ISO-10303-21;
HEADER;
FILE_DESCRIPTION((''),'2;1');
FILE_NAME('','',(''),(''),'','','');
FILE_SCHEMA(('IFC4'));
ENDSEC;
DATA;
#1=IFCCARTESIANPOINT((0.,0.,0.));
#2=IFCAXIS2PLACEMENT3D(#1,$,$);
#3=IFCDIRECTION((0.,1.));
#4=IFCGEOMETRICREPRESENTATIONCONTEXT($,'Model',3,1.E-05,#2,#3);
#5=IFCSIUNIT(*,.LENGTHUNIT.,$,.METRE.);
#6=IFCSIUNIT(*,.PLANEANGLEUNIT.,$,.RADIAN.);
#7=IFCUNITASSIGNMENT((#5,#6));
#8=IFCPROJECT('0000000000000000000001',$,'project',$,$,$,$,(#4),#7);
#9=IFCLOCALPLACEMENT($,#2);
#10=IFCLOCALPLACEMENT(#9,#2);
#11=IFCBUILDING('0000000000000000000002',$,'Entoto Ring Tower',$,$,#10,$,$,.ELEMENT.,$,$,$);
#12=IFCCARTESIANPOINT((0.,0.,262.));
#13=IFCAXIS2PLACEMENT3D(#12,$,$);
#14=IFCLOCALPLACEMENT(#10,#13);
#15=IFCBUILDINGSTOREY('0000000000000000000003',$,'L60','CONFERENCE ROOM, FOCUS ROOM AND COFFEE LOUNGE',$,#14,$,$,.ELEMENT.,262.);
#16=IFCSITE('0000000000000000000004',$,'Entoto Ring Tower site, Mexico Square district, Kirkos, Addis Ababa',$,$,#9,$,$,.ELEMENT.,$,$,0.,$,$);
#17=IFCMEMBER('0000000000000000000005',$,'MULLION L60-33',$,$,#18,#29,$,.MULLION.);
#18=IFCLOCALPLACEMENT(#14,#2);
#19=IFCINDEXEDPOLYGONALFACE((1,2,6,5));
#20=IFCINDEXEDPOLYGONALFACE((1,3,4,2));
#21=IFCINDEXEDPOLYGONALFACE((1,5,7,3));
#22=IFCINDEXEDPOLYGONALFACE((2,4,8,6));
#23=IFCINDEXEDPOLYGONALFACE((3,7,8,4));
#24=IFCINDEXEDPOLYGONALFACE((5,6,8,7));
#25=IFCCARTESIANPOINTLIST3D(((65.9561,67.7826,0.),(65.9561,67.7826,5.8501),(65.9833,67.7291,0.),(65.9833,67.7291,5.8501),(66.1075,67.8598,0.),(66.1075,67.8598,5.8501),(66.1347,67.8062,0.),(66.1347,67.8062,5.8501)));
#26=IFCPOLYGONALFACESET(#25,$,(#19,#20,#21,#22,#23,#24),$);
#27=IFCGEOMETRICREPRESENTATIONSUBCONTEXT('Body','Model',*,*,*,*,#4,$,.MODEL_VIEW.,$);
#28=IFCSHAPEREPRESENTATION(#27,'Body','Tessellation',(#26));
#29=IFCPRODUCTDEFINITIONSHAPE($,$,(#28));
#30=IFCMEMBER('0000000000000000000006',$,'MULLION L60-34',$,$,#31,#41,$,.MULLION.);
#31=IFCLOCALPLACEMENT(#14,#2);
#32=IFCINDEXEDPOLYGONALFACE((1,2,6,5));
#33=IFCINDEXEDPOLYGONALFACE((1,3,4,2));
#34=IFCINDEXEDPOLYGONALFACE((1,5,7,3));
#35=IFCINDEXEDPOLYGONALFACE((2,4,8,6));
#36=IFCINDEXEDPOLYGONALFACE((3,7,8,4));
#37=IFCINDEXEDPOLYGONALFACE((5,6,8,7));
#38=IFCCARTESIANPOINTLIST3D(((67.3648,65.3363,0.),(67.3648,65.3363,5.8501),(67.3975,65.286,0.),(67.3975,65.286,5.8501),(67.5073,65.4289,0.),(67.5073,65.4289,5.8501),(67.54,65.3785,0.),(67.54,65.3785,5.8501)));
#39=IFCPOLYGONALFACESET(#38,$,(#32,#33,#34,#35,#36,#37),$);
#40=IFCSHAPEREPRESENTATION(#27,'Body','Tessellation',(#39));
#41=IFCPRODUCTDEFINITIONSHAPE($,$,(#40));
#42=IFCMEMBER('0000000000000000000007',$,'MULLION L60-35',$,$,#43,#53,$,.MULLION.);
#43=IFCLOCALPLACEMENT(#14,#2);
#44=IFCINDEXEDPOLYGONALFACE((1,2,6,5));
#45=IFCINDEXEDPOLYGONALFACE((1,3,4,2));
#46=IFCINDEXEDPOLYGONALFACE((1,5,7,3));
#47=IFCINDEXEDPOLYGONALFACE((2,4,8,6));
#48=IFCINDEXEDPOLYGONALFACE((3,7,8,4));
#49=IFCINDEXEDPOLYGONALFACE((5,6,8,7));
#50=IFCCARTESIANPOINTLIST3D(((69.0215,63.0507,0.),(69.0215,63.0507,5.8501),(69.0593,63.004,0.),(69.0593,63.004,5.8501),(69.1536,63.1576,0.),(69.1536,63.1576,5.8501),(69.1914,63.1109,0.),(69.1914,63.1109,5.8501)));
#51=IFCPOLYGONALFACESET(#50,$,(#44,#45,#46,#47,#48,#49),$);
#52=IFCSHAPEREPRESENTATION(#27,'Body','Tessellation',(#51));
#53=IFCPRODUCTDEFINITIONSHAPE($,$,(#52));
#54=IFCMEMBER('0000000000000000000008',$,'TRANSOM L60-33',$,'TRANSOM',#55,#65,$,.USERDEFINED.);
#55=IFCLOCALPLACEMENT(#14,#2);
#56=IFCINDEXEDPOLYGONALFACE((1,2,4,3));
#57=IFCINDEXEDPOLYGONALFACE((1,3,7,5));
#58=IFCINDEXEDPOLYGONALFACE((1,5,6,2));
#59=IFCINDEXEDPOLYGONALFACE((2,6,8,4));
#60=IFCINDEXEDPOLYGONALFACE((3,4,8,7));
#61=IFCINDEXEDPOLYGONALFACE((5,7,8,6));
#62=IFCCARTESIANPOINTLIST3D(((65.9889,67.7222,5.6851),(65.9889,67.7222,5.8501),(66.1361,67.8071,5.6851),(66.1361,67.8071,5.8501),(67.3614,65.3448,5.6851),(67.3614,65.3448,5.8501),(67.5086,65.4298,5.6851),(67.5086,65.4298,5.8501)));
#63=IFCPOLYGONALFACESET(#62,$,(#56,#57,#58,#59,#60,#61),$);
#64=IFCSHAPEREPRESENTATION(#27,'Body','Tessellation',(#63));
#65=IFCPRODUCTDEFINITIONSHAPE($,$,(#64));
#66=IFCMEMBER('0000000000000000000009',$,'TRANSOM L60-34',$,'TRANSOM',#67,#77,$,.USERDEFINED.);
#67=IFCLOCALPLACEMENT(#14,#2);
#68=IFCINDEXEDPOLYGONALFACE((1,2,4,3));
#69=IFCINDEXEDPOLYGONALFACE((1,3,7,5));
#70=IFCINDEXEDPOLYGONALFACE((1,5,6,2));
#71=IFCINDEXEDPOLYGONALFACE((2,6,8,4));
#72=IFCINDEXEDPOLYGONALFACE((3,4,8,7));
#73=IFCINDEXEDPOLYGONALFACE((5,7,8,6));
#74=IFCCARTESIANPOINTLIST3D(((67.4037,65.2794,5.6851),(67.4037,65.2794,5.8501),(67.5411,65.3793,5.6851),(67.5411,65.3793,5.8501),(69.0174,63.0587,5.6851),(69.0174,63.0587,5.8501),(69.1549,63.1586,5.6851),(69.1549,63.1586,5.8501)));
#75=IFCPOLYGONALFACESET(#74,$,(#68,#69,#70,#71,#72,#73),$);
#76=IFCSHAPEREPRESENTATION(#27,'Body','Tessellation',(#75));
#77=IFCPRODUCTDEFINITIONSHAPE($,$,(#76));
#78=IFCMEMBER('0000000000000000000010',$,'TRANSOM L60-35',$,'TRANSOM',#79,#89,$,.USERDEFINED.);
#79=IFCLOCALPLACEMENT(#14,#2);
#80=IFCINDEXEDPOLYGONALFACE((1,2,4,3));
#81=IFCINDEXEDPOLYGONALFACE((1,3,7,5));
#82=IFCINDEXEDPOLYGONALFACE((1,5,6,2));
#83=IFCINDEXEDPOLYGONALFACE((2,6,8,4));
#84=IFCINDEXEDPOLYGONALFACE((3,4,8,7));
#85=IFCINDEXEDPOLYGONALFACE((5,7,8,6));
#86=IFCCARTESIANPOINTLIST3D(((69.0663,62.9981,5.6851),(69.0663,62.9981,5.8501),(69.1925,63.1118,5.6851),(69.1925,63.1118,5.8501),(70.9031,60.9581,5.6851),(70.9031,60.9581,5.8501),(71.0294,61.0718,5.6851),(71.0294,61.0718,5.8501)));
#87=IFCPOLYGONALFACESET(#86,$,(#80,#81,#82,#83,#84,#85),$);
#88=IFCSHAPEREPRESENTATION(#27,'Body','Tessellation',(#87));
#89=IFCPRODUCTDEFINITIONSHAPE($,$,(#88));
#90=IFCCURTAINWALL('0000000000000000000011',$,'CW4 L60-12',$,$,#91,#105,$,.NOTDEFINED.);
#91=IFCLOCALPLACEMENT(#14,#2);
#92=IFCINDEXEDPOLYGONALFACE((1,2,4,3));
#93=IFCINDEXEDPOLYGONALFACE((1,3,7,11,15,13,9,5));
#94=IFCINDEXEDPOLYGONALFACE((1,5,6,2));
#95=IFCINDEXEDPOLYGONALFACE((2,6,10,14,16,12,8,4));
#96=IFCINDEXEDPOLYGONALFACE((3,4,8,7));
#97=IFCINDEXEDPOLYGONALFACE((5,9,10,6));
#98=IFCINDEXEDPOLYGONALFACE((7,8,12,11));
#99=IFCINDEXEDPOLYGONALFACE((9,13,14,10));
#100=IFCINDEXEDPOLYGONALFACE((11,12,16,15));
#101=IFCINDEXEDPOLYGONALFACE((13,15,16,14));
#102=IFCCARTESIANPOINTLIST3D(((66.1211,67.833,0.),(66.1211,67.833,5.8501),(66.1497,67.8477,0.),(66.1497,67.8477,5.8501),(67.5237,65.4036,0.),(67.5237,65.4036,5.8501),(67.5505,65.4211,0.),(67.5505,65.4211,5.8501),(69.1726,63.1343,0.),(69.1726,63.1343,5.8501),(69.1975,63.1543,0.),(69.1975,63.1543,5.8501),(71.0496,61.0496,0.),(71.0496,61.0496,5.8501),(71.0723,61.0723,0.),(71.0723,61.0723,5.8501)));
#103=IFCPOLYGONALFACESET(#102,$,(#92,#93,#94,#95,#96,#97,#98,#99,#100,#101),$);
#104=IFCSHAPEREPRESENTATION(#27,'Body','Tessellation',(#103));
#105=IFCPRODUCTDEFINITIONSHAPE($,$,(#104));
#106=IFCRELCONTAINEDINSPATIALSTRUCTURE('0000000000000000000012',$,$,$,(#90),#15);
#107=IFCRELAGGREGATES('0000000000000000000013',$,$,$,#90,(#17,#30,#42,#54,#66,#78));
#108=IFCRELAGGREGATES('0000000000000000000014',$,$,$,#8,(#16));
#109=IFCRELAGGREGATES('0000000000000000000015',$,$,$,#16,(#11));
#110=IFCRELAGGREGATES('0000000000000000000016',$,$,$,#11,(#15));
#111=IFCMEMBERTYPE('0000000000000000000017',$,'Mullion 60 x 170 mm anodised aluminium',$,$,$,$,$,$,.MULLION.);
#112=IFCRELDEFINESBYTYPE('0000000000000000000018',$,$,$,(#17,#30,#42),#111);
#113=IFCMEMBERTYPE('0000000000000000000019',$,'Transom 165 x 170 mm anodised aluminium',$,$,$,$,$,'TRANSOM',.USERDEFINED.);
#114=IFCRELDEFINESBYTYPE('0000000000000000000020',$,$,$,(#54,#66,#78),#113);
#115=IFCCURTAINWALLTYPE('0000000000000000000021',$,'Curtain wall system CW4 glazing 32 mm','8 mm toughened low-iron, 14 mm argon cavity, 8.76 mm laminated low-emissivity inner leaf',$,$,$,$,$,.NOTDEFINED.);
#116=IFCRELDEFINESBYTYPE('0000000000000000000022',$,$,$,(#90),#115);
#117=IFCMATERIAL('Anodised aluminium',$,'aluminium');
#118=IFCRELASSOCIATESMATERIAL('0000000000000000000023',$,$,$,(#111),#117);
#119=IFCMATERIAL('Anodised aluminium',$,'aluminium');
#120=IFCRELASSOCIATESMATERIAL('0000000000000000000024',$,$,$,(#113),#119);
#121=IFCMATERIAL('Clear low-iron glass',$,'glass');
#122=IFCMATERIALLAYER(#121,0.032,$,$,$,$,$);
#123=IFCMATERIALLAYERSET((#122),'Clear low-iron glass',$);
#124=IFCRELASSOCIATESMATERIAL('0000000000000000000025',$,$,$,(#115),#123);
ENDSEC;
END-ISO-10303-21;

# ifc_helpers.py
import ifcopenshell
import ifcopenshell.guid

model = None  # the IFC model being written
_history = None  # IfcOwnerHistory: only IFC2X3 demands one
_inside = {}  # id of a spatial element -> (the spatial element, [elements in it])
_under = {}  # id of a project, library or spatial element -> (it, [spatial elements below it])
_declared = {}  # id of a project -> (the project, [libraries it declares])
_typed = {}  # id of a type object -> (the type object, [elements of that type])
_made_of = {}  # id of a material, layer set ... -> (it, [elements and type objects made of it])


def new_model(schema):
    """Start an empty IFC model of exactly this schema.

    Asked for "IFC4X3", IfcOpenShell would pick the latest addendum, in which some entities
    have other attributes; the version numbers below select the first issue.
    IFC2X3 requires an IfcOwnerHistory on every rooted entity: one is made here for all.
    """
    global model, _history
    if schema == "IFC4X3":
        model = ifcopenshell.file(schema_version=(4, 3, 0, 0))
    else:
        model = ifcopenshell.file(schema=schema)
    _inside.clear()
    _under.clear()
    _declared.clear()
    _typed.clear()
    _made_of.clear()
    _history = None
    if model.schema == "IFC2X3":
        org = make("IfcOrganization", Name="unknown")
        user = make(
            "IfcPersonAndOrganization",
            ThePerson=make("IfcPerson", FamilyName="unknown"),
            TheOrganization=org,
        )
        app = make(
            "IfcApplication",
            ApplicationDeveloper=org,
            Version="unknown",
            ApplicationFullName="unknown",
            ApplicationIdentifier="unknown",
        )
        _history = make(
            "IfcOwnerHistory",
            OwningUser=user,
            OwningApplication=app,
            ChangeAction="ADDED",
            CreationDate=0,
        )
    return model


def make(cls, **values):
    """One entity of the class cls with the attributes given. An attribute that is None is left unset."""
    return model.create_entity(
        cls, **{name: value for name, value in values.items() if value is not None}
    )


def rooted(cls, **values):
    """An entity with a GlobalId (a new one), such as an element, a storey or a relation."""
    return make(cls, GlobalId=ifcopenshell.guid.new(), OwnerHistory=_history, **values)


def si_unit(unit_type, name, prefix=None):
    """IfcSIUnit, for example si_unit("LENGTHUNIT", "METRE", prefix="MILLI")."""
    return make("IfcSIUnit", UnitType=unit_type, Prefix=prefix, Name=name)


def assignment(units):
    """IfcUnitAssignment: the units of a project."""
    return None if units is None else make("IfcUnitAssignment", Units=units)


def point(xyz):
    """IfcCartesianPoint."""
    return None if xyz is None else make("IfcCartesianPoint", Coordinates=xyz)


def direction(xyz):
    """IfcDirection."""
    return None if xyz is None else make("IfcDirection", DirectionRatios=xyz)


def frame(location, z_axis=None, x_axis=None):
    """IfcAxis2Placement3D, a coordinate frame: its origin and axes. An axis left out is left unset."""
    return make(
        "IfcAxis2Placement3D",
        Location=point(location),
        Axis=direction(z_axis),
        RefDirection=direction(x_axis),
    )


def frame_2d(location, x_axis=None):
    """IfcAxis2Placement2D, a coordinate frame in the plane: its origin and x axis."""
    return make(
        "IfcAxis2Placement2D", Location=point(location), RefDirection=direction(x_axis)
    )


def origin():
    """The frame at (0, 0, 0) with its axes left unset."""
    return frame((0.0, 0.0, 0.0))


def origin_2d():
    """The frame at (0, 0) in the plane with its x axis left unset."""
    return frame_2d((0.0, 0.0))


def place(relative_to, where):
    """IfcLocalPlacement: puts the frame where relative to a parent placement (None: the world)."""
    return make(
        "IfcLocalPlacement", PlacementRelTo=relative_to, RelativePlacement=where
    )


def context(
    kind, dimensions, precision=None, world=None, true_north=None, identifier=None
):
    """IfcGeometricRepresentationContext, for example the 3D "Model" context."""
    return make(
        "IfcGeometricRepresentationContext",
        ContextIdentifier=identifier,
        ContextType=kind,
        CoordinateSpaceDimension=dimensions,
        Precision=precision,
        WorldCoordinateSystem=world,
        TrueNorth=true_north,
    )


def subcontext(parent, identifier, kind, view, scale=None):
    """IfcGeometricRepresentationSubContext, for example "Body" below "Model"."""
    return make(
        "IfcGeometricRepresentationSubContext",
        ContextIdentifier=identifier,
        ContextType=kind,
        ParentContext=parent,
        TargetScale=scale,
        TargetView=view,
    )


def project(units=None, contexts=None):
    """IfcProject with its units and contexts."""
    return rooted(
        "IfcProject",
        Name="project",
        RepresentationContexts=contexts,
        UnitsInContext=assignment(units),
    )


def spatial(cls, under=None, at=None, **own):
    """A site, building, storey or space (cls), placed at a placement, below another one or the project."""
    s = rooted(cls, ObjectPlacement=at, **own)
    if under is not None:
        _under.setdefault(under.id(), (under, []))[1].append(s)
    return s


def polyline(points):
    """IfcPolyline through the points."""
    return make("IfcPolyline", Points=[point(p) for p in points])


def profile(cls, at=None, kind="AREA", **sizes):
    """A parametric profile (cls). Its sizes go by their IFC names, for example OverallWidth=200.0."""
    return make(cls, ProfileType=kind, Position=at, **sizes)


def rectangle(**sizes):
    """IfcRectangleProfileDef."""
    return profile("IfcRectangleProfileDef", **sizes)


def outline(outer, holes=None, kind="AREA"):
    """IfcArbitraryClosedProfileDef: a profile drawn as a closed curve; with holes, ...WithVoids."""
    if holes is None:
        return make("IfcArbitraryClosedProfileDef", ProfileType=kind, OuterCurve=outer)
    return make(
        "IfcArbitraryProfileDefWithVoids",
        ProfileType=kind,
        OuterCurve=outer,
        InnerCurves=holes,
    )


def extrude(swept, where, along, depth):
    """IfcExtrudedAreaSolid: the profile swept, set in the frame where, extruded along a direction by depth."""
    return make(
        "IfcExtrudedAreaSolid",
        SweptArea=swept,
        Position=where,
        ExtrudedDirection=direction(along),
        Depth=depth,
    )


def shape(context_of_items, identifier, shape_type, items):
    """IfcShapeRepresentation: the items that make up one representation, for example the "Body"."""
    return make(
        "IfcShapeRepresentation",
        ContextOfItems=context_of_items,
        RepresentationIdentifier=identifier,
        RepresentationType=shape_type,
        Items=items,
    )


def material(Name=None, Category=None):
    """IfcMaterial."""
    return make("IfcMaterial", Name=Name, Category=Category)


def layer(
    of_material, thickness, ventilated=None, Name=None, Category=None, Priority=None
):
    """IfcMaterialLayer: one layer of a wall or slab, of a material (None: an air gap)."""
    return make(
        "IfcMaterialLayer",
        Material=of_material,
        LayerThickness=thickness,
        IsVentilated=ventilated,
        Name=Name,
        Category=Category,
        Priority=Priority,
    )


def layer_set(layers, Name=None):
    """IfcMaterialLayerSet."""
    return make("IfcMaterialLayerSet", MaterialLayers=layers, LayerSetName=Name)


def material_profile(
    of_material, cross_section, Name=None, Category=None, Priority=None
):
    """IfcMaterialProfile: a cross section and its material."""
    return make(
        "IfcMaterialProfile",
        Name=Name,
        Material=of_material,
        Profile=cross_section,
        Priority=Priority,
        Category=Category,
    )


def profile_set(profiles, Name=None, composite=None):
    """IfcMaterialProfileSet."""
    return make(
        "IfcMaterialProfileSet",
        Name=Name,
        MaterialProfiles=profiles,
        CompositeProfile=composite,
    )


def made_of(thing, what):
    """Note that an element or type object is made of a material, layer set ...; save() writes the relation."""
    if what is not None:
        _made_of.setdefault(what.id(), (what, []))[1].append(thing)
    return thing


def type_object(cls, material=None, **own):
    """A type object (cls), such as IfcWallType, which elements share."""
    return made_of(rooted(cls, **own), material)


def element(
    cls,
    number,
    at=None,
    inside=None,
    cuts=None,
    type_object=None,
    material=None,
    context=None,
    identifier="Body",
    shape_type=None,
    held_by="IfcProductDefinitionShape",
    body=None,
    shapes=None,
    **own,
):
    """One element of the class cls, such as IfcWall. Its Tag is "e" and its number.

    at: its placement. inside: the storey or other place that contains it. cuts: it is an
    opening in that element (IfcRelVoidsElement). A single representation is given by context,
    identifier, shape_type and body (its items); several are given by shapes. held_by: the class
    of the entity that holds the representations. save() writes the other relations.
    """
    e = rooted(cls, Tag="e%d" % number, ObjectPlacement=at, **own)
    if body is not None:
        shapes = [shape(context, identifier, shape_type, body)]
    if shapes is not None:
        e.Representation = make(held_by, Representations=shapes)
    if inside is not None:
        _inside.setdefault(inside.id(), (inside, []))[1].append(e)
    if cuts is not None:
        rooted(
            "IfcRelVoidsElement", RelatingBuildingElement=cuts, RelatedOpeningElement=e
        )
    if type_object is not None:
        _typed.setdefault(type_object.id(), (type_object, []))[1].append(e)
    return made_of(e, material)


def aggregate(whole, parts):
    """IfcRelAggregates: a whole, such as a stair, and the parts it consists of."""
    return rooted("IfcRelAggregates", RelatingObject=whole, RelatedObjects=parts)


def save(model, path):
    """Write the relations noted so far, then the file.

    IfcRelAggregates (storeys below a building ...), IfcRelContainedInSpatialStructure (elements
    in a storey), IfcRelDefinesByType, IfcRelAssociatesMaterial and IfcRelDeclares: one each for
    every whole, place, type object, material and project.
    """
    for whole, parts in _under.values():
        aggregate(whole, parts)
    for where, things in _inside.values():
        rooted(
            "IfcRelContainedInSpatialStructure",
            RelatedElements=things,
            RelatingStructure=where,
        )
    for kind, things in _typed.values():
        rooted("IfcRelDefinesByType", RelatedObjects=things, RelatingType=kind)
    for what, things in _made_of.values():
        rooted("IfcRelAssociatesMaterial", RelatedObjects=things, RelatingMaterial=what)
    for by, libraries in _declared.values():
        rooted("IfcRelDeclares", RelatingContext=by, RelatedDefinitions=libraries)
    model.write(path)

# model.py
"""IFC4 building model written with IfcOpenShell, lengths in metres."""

from ifc_helpers import new_model, si_unit, direction, frame, origin, origin_2d, place, context, subcontext, project, spatial, polyline, rectangle, outline, extrude, material, layer, layer_set, material_profile, profile_set, type_object, element, aggregate, save


model = new_model("IFC4")

# Units and contexts
model_context = context("Model", 3, precision=1e-05, world=origin(), true_north=direction((0.0, 1.0)))
body_context = subcontext(model_context, "Body", "Model", "MODEL_VIEW")
ifc_project = project(units=[si_unit("LENGTHUNIT", "METRE"), si_unit("PLANEANGLEUNIT", "RADIAN")], contexts=[model_context])

# Members
ifc_material_1 = material(Name="Anodised aluminium", Category="aluminium")
ifc_material_profile_1 = material_profile(ifc_material_1, rectangle(XDim=0.0601, YDim=0.1699, at=origin_2d()), Name="Mullion 60 x 170 mm anodised aluminium")
ifc_profile_set_1 = profile_set([ifc_material_profile_1], Name="Anodised aluminium")
member_type_1 = type_object("IfcMemberType", Name="Mullion 60 x 170 mm anodised aluminium", PredefinedType="MULLION", material=ifc_profile_set_1)
site_placement = place(None, origin())
building_placement = place(site_placement, origin())
storey_placement = place(building_placement, frame((0.0, 0.0, 262.0)))
member_1_placement = place(storey_placement, frame((66.0454, 67.7944, 0.0), z_axis=(0.0, 0.0, 1.0), x_axis=(0.45399, -0.891007, 0.0)))
member_1 = element("IfcMember", 1, at=member_1_placement, type_object=member_type_1, Name="MULLION L60-33", PredefinedType="MULLION", context=body_context, shape_type="SweptSolid", body=[
    extrude(rectangle(XDim=0.0601, YDim=0.1699, at=origin_2d()), origin(), (0.0, 0.0, 1.0), 5.8501),
])
member_2_placement = place(storey_placement, frame((67.4524, 65.3574, 0.0), z_axis=(0.0, 0.0, 1.0), x_axis=(0.544639, -0.838671, 0.0)))
member_2 = element("IfcMember", 2, at=member_2_placement, type_object=member_type_1, Name="MULLION L60-34", PredefinedType="MULLION", context=body_context, shape_type="SweptSolid", body=[
    extrude(rectangle(XDim=0.0601, YDim=0.1699, at=origin_2d()), origin(), (0.0, 0.0, 1.0), 5.8501),
])
member_3_placement = place(storey_placement, frame((69.1064, 63.0808, 0.0), z_axis=(0.0, 0.0, 1.0), x_axis=(0.62932, -0.777146, 0.0)))
member_3 = element("IfcMember", 3, at=member_3_placement, type_object=member_type_1, Name="MULLION L60-35", PredefinedType="MULLION", context=body_context, shape_type="SweptSolid", body=[
    extrude(rectangle(XDim=0.0601, YDim=0.1699, at=origin_2d()), origin(), (0.0, 0.0, 1.0), 5.8501),
])
ifc_material_2 = material(Name="Anodised aluminium", Category="aluminium")
ifc_material_profile_2 = material_profile(ifc_material_2, rectangle(XDim=0.1699, YDim=0.165, at=origin_2d()), Name="Transom 165 x 170 mm anodised aluminium")
ifc_profile_set_2 = profile_set([ifc_material_profile_2], Name="Anodised aluminium")
member_type_2 = type_object("IfcMemberType", Name="Transom 165 x 170 mm anodised aluminium", ElementType="TRANSOM", PredefinedType="USERDEFINED", material=ifc_profile_set_2)
member_4_placement = place(storey_placement, frame((66.0625, 67.7646, 5.7676), z_axis=(0.499984, -0.866035, 0.0), x_axis=(0.866035, 0.499984, 0.0)))
member_4 = element("IfcMember", 4, at=member_4_placement, type_object=member_type_2, Name="TRANSOM L60-33", ObjectType="TRANSOM", PredefinedType="USERDEFINED", context=body_context, shape_type="SweptSolid", body=[
    extrude(rectangle(XDim=0.1699, YDim=0.165, at=origin_2d()), origin(), (0.0, 0.0, 1.0), 2.7451),
])
member_5_placement = place(storey_placement, frame((67.4724, 65.3293, 5.7676), z_axis=(0.587865, -0.808959, 0.0), x_axis=(0.808959, 0.587865, 0.0)))
member_5 = element("IfcMember", 5, at=member_5_placement, type_object=member_type_2, Name="TRANSOM L60-34", ObjectType="TRANSOM", PredefinedType="USERDEFINED", context=body_context, shape_type="SweptSolid", body=[
    extrude(rectangle(XDim=0.1699, YDim=0.165, at=origin_2d()), origin(), (0.0, 0.0, 1.0), 2.7451),
])
member_6_placement = place(storey_placement, frame((69.1294, 63.0549, 5.7676), z_axis=(0.669142, -0.743135, 0.0), x_axis=(0.743135, 0.669142, 0.0)))
member_6 = element("IfcMember", 6, at=member_6_placement, type_object=member_type_2, Name="TRANSOM L60-35", ObjectType="TRANSOM", PredefinedType="USERDEFINED", context=body_context, shape_type="SweptSolid", body=[
    extrude(rectangle(XDim=0.1699, YDim=0.165, at=origin_2d()), origin(), (0.0, 0.0, 1.0), 2.7451),
])

# Site, building, storey
site = spatial("IfcSite", under=ifc_project, at=site_placement, Name="Entoto Ring Tower site, Mexico Square district, Kirkos, Addis Ababa", CompositionType="ELEMENT", RefElevation=0.0)
building = spatial("IfcBuilding", under=site, at=building_placement, Name="Entoto Ring Tower", CompositionType="ELEMENT")
storey = spatial("IfcBuildingStorey", under=building, at=storey_placement, Name="L60", Description="CONFERENCE ROOM, FOCUS ROOM AND COFFEE LOUNGE", CompositionType="ELEMENT", Elevation=262.0)

# Curtain wall
ifc_material_3 = material(Name="Clear low-iron glass", Category="glass")
ifc_layer = layer(ifc_material_3, 0.032)
ifc_layer_set = layer_set([ifc_layer], Name="Clear low-iron glass")
curtain_wall_type = type_object("IfcCurtainWallType", Name="Curtain wall system CW4 glazing 32 mm", Description="8 mm toughened low-iron, 14 mm argon cavity, 8.76 mm laminated low-emissivity inner leaf", PredefinedType="NOTDEFINED", material=ifc_layer_set)
curtain_wall_1_placement = place(storey_placement, origin())
curtain_wall_1 = element("IfcCurtainWall", 7, at=curtain_wall_1_placement, inside=storey, type_object=curtain_wall_type, Name="CW4 L60-12", PredefinedType="NOTDEFINED", context=body_context, shape_type="SweptSolid", body=[
    extrude(outline(polyline([(66.1211, 67.833), (67.5237, 65.4036), (69.1726, 63.1343), (71.0496, 61.0496), (71.0723, 61.0723), (69.1975, 63.1543), (67.5505, 65.4211), (66.1497, 67.8477), (66.1211, 67.833)])), origin(), (0.0, 0.0, 1.0), 5.8501),
])
aggregate(curtain_wall_1, [member_1, member_2, member_3, member_4, member_5, member_6])

save(model, "model.ifc")
